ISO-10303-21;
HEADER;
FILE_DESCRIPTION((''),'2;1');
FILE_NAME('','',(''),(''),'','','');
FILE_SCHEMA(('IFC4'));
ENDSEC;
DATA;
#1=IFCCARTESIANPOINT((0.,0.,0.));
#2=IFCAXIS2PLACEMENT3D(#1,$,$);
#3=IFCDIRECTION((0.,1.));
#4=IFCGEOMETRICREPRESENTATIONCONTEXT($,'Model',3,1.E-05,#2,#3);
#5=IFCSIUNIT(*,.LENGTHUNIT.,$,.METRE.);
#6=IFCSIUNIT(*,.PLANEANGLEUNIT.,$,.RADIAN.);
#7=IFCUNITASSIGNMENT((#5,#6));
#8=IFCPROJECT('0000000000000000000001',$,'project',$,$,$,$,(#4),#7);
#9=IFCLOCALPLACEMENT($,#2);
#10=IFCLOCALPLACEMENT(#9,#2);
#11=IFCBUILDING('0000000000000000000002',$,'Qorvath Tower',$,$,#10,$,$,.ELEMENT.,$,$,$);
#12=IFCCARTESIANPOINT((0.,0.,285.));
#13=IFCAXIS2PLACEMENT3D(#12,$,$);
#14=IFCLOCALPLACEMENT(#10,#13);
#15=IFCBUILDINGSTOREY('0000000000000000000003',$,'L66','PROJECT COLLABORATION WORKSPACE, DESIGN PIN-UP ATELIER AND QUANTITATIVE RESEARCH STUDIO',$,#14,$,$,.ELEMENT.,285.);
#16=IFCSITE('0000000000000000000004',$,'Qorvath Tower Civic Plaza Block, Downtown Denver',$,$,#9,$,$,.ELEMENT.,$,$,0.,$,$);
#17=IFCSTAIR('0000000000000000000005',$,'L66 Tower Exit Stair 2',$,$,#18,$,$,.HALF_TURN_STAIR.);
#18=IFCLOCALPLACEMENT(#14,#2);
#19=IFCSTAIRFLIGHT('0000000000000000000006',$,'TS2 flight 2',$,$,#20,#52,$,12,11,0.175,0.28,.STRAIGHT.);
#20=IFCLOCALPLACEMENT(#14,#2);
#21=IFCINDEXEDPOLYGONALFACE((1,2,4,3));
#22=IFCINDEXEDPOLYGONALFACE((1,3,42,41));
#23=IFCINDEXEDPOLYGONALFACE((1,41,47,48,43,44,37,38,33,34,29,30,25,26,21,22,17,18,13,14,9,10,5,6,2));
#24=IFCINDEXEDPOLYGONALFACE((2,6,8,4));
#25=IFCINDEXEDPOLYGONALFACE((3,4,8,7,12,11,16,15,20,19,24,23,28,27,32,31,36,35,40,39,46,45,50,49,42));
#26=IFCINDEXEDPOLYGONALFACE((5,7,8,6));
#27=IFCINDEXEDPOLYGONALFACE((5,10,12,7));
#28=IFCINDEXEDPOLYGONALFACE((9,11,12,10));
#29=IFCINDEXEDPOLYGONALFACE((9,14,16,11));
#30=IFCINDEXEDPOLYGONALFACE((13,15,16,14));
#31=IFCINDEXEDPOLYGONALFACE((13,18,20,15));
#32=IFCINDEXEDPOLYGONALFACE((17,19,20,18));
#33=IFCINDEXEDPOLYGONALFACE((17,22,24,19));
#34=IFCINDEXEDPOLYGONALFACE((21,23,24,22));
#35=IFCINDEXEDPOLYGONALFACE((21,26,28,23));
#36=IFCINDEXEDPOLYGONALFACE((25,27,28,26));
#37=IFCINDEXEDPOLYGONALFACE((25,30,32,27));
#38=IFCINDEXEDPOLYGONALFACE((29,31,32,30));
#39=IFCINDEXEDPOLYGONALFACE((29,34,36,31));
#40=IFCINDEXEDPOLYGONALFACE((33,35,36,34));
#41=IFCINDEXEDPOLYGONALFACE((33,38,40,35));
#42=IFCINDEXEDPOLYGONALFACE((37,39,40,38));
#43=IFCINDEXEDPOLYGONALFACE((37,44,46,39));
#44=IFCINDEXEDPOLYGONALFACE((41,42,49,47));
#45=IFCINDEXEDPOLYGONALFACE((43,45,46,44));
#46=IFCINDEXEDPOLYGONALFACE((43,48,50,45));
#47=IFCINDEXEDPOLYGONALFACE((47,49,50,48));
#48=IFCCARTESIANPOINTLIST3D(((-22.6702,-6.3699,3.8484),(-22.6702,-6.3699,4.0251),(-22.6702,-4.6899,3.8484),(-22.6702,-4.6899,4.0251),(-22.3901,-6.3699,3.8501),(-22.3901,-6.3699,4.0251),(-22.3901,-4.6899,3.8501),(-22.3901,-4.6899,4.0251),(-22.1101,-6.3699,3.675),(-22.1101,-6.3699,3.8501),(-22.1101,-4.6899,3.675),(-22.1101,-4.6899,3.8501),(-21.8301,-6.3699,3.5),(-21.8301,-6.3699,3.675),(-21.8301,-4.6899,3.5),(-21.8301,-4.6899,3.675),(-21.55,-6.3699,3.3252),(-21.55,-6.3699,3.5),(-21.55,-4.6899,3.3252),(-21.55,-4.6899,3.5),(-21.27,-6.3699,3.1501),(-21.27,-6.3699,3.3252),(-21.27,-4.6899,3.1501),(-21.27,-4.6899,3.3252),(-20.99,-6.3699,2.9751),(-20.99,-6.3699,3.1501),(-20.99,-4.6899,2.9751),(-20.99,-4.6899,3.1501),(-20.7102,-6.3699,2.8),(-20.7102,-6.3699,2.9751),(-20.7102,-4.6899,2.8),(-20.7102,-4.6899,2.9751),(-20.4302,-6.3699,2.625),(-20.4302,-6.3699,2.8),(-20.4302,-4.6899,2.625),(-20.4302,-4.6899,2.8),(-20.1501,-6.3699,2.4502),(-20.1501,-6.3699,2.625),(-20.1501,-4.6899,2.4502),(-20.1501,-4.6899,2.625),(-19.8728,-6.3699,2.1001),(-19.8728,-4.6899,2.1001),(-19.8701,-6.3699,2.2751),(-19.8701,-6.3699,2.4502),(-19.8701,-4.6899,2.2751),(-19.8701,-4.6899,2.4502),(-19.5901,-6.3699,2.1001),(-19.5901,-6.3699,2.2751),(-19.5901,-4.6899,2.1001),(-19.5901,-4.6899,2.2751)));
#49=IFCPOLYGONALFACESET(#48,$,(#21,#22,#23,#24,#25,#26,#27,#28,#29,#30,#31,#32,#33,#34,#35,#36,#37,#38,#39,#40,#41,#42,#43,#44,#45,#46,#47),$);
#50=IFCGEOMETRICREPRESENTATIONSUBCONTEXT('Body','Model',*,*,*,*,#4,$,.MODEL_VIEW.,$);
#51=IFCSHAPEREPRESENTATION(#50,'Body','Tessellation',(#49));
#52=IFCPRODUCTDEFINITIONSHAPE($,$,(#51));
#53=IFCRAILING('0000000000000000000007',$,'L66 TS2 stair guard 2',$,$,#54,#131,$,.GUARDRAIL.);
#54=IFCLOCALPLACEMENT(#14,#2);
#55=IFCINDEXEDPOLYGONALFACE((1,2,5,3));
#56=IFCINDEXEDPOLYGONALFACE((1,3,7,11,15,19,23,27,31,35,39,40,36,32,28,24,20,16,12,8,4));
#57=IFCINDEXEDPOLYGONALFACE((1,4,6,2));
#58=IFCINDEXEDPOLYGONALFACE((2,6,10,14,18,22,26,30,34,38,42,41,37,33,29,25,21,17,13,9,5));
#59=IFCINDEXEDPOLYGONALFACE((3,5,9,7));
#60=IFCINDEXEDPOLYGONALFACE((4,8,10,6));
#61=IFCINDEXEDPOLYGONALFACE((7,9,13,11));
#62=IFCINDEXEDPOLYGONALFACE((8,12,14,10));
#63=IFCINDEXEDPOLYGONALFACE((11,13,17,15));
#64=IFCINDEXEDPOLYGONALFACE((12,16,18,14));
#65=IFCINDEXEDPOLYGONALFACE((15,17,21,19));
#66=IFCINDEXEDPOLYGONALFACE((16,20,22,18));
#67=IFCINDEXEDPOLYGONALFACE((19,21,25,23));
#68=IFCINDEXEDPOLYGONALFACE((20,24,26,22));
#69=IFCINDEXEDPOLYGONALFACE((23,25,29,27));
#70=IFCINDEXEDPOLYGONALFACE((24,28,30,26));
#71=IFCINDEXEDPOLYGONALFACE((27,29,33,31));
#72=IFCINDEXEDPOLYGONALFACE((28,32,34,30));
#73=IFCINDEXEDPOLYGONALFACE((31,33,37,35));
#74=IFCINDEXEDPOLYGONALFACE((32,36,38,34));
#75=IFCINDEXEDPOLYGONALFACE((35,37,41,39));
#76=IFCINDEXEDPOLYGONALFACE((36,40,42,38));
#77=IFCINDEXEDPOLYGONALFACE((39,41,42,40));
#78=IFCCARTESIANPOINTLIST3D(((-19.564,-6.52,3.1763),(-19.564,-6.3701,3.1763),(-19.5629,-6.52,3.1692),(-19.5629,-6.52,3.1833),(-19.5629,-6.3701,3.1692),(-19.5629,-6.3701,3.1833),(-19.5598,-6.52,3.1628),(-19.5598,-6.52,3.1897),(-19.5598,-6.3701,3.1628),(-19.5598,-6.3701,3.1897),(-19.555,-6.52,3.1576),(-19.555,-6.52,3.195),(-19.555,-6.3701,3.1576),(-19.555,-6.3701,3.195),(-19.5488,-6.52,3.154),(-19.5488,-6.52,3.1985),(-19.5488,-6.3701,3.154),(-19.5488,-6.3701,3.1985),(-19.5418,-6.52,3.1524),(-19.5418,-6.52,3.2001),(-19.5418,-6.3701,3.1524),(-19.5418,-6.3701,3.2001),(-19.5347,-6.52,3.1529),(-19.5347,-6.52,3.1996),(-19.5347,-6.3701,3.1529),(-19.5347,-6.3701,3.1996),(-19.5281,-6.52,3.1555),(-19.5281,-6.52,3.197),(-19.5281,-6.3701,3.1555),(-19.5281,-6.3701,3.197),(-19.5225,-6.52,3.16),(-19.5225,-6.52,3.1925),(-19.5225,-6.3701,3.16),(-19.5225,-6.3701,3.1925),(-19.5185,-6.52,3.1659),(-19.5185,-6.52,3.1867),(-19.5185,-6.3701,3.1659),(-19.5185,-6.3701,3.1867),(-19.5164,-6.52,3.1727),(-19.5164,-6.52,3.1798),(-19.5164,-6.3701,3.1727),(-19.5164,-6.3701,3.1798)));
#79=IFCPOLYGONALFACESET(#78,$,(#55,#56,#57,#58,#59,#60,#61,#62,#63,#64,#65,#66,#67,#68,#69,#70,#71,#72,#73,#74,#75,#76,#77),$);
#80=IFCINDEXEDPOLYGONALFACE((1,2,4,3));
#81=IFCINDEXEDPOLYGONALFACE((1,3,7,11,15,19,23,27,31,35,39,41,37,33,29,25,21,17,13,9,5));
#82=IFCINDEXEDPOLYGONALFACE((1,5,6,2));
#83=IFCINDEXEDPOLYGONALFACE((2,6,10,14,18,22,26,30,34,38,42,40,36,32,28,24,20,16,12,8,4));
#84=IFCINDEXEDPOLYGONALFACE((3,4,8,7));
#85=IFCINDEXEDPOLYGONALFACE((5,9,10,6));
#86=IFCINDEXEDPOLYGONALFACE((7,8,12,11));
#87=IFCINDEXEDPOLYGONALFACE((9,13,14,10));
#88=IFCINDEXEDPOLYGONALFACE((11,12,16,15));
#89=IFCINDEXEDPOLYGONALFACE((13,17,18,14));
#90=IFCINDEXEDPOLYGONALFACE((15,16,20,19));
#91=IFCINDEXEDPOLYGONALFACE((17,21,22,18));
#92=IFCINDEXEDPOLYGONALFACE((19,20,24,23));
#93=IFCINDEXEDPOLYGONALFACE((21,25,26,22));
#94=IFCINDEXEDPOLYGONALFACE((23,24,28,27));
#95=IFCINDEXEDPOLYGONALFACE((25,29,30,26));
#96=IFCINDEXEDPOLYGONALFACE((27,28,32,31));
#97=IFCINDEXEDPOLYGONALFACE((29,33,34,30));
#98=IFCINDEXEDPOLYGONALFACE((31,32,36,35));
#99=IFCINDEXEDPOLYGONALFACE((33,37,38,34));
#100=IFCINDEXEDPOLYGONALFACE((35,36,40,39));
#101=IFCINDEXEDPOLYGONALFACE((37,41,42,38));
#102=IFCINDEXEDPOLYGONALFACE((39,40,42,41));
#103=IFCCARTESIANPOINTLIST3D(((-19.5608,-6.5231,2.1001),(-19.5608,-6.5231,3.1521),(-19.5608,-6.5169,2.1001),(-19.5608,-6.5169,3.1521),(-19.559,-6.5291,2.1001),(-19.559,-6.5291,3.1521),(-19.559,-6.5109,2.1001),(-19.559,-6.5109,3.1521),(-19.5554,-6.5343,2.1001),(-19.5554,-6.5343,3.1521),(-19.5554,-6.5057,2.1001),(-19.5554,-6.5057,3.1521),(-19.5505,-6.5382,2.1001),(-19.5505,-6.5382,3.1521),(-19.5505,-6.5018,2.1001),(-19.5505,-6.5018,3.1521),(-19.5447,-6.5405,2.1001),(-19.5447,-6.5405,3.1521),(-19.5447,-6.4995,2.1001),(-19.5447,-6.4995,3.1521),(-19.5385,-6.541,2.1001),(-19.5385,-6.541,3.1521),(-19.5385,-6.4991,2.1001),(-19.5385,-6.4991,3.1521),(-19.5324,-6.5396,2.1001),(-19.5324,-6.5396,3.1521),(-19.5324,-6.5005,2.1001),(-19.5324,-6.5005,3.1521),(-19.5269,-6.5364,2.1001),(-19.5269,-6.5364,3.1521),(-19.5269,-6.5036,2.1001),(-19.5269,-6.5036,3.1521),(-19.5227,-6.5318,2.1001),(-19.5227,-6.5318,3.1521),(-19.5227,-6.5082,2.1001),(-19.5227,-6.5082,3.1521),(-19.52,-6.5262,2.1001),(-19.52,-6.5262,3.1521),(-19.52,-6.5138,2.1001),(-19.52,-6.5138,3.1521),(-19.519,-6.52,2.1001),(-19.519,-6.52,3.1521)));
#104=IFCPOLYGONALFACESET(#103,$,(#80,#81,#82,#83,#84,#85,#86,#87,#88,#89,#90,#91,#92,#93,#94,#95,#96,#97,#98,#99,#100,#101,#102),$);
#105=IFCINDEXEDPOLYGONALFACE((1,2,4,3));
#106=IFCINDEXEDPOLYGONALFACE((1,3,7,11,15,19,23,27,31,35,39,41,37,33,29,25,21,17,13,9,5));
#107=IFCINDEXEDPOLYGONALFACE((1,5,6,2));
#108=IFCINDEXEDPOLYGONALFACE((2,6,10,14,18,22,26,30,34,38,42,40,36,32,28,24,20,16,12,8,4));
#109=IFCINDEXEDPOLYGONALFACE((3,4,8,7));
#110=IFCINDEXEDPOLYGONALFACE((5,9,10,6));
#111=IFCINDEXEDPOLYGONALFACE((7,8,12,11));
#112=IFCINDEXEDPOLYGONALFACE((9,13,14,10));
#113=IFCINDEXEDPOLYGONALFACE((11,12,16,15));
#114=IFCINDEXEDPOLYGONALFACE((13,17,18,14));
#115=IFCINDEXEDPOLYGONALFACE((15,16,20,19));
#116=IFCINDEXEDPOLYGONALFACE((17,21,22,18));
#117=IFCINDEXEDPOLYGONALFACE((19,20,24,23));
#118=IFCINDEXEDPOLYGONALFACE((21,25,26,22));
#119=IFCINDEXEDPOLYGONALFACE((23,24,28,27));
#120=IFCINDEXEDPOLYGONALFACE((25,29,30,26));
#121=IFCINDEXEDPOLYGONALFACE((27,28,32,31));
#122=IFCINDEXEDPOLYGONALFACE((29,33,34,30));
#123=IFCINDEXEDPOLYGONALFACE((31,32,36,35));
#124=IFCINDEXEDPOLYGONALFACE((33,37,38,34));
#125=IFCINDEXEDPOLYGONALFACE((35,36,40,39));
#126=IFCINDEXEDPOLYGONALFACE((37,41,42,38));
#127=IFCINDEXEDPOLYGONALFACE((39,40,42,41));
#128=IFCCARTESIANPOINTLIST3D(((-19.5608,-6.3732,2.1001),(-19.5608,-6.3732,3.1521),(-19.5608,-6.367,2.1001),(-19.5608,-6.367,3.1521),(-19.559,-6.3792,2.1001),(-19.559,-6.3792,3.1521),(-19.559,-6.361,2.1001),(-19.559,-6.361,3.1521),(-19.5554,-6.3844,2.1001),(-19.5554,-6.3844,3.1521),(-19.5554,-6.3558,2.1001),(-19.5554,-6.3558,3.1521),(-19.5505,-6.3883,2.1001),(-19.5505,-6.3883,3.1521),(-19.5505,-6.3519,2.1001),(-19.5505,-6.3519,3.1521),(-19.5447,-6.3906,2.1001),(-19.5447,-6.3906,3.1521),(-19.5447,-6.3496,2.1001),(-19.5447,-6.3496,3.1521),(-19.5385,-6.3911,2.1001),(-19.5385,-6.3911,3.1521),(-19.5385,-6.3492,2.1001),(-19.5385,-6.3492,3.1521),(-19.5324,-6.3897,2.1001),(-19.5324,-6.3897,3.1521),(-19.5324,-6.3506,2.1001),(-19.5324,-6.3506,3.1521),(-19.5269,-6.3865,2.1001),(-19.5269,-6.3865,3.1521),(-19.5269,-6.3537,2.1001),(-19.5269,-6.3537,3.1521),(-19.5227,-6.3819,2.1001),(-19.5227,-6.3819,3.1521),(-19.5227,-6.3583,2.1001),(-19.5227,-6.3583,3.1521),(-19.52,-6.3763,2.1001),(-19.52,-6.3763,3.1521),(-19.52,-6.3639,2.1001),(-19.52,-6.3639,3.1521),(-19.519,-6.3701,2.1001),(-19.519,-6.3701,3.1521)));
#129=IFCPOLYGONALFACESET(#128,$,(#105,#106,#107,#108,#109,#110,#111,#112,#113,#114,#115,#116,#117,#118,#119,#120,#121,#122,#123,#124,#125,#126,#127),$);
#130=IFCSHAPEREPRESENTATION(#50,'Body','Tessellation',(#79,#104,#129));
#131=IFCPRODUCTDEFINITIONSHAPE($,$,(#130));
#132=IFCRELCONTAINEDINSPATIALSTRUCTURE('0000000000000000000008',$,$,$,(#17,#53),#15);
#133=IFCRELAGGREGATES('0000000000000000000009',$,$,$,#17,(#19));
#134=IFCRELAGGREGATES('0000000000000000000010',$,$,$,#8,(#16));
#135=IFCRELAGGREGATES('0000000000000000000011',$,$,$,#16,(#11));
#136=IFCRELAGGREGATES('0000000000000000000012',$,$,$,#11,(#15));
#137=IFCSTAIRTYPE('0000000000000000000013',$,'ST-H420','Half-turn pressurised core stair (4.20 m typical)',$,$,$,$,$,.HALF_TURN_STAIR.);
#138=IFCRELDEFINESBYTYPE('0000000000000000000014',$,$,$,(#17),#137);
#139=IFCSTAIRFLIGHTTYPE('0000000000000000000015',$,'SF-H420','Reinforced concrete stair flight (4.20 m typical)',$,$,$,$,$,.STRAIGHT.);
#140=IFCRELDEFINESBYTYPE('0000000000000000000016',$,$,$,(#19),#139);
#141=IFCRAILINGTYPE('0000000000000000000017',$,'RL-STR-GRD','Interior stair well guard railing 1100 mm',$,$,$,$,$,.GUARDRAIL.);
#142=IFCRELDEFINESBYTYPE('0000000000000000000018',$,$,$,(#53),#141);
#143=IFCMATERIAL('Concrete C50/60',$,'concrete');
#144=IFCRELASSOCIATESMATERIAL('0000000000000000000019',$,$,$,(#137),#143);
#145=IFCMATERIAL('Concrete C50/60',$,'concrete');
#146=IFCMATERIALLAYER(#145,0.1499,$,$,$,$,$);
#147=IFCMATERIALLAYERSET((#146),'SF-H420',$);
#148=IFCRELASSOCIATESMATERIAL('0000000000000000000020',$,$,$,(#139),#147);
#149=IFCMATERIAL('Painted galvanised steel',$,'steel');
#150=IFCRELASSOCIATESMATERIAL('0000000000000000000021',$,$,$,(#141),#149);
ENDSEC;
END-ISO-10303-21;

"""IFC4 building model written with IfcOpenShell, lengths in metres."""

from ifc_helpers import new_model, si_unit, direction, frame, origin, origin_2d, place, context, subcontext, project, spatial, polyline, circle, outline, extrude, material, layer, layer_set, type_object, element, aggregate, save


model = new_model("IFC4")

# Units and contexts
model_context = context("Model", 3, precision=1e-05, world=origin(), true_north=direction((0.0, 1.0)))
body_context = subcontext(model_context, "Body", "Model", "MODEL_VIEW")
ifc_project = project(units=[si_unit("LENGTHUNIT", "METRE"), si_unit("PLANEANGLEUNIT", "RADIAN")], contexts=[model_context])

# Site, building, storey
site_placement = place(None, origin())
site = spatial("IfcSite", under=ifc_project, at=site_placement, Name="Qorvath Tower Civic Plaza Block, Downtown Denver", CompositionType="ELEMENT", RefElevation=0.0)
building_placement = place(site_placement, origin())
building = spatial("IfcBuilding", under=site, at=building_placement, Name="Qorvath Tower", CompositionType="ELEMENT")
storey_placement = place(building_placement, frame((0.0, 0.0, 285.0)))
storey = spatial("IfcBuildingStorey", under=building, at=storey_placement, Name="L66", Description="PROJECT COLLABORATION WORKSPACE, DESIGN PIN-UP ATELIER AND QUANTITATIVE RESEARCH STUDIO", CompositionType="ELEMENT", Elevation=285.0)

# Stair, stair flight
ifc_material_1 = material(Name="Concrete C50/60", Category="concrete")
stair_type = type_object("IfcStairType", Name="ST-H420", Description="Half-turn pressurised core stair (4.20 m typical)", PredefinedType="HALF_TURN_STAIR", material=ifc_material_1)
stair_placement = place(storey_placement, origin())
stair = element("IfcStair", 1, at=stair_placement, inside=storey, type_object=stair_type, Name="L66 Tower Exit Stair 2", PredefinedType="HALF_TURN_STAIR")
ifc_material_2 = material(Name="Concrete C50/60", Category="concrete")
ifc_layer_1 = layer(ifc_material_2, 0.1499)
ifc_layer_set_1 = layer_set([ifc_layer_1], Name="SF-H420")
stair_flight_type = type_object("IfcStairFlightType", Name="SF-H420", Description="Reinforced concrete stair flight (4.20 m typical)", PredefinedType="STRAIGHT", material=ifc_layer_set_1)
stair_flight_placement = place(storey_placement, frame((-19.5901, -5.53, 2.1001), z_axis=(0.0, 0.0, 1.0), x_axis=(-1.0, 0.0, 0.0)))
stair_flight = element("IfcStairFlight", 2, at=stair_flight_placement, type_object=stair_flight_type, Name="TS2 flight 2", NumberOfRisers=12, NumberOfTreads=11, PredefinedType="STRAIGHT", RiserHeight=0.175, TreadLength=0.28, context=body_context, shape_type="SweptSolid", body=[
    extrude(outline(polyline([(0.0, 0.0), (0.0, 0.175), (0.28, 0.175), (0.28, 0.3501), (0.5601, 0.3501), (0.5601, 0.5249), (0.8401, 0.5249), (0.8401, 0.7), (1.1201, 0.7), (1.1201, 0.875), (1.3999, 0.875), (1.3999, 1.05), (1.6799, 1.05), (1.6799, 1.2251), (1.96, 1.2251), (1.96, 1.3999), (2.24, 1.3999), (2.24, 1.575), (2.52, 1.575), (2.52, 1.75), (2.8, 1.75), (2.8, 1.925), (3.0801, 1.925), (3.0801, 2.1001), (3.0801, 1.7483), (0.2827, 0.0), (0.0, 0.0)])), frame((0.0, 0.8398, 0.0), z_axis=(0.0, -1.0, 0.0), x_axis=(1.0, 0.0, 0.0)), (0.0, 0.0, 1.0), 1.6799),
])
aggregate(stair, [stair_flight])

# Railing
ifc_material_3 = material(Name="Painted galvanised steel", Category="steel")
railing_type_1 = type_object("IfcRailingType", Name="RL-STR-GRD", Description="Interior stair well guard railing 1100 mm", PredefinedType="GUARDRAIL", material=ifc_material_3)
railing_1_placement = place(storey_placement, frame((-19.54, -6.52, 2.1001)))
element("IfcRailing", 3, at=railing_1_placement, inside=storey, type_object=railing_type_1, Name="L66 TS2 stair guard 2", PredefinedType="GUARDRAIL", context=body_context, shape_type="SweptSolid", body=[
    extrude(circle(Radius=0.0239, at=origin_2d()), frame((0.0, 0.0, 1.0762), z_axis=(0.0, 1.0, 0.0), x_axis=(-1.0, 0.0, 0.0)), (0.0, 0.0, 1.0), 0.1499),
    extrude(circle(Radius=0.021, at=origin_2d()), origin(), (0.0, 0.0, 1.0), 1.052),
    extrude(circle(Radius=0.021, at=origin_2d()), frame((0.0, 0.1499, 0.0)), (0.0, 0.0, 1.0), 1.052),
])

save(model, "model.ifc")
